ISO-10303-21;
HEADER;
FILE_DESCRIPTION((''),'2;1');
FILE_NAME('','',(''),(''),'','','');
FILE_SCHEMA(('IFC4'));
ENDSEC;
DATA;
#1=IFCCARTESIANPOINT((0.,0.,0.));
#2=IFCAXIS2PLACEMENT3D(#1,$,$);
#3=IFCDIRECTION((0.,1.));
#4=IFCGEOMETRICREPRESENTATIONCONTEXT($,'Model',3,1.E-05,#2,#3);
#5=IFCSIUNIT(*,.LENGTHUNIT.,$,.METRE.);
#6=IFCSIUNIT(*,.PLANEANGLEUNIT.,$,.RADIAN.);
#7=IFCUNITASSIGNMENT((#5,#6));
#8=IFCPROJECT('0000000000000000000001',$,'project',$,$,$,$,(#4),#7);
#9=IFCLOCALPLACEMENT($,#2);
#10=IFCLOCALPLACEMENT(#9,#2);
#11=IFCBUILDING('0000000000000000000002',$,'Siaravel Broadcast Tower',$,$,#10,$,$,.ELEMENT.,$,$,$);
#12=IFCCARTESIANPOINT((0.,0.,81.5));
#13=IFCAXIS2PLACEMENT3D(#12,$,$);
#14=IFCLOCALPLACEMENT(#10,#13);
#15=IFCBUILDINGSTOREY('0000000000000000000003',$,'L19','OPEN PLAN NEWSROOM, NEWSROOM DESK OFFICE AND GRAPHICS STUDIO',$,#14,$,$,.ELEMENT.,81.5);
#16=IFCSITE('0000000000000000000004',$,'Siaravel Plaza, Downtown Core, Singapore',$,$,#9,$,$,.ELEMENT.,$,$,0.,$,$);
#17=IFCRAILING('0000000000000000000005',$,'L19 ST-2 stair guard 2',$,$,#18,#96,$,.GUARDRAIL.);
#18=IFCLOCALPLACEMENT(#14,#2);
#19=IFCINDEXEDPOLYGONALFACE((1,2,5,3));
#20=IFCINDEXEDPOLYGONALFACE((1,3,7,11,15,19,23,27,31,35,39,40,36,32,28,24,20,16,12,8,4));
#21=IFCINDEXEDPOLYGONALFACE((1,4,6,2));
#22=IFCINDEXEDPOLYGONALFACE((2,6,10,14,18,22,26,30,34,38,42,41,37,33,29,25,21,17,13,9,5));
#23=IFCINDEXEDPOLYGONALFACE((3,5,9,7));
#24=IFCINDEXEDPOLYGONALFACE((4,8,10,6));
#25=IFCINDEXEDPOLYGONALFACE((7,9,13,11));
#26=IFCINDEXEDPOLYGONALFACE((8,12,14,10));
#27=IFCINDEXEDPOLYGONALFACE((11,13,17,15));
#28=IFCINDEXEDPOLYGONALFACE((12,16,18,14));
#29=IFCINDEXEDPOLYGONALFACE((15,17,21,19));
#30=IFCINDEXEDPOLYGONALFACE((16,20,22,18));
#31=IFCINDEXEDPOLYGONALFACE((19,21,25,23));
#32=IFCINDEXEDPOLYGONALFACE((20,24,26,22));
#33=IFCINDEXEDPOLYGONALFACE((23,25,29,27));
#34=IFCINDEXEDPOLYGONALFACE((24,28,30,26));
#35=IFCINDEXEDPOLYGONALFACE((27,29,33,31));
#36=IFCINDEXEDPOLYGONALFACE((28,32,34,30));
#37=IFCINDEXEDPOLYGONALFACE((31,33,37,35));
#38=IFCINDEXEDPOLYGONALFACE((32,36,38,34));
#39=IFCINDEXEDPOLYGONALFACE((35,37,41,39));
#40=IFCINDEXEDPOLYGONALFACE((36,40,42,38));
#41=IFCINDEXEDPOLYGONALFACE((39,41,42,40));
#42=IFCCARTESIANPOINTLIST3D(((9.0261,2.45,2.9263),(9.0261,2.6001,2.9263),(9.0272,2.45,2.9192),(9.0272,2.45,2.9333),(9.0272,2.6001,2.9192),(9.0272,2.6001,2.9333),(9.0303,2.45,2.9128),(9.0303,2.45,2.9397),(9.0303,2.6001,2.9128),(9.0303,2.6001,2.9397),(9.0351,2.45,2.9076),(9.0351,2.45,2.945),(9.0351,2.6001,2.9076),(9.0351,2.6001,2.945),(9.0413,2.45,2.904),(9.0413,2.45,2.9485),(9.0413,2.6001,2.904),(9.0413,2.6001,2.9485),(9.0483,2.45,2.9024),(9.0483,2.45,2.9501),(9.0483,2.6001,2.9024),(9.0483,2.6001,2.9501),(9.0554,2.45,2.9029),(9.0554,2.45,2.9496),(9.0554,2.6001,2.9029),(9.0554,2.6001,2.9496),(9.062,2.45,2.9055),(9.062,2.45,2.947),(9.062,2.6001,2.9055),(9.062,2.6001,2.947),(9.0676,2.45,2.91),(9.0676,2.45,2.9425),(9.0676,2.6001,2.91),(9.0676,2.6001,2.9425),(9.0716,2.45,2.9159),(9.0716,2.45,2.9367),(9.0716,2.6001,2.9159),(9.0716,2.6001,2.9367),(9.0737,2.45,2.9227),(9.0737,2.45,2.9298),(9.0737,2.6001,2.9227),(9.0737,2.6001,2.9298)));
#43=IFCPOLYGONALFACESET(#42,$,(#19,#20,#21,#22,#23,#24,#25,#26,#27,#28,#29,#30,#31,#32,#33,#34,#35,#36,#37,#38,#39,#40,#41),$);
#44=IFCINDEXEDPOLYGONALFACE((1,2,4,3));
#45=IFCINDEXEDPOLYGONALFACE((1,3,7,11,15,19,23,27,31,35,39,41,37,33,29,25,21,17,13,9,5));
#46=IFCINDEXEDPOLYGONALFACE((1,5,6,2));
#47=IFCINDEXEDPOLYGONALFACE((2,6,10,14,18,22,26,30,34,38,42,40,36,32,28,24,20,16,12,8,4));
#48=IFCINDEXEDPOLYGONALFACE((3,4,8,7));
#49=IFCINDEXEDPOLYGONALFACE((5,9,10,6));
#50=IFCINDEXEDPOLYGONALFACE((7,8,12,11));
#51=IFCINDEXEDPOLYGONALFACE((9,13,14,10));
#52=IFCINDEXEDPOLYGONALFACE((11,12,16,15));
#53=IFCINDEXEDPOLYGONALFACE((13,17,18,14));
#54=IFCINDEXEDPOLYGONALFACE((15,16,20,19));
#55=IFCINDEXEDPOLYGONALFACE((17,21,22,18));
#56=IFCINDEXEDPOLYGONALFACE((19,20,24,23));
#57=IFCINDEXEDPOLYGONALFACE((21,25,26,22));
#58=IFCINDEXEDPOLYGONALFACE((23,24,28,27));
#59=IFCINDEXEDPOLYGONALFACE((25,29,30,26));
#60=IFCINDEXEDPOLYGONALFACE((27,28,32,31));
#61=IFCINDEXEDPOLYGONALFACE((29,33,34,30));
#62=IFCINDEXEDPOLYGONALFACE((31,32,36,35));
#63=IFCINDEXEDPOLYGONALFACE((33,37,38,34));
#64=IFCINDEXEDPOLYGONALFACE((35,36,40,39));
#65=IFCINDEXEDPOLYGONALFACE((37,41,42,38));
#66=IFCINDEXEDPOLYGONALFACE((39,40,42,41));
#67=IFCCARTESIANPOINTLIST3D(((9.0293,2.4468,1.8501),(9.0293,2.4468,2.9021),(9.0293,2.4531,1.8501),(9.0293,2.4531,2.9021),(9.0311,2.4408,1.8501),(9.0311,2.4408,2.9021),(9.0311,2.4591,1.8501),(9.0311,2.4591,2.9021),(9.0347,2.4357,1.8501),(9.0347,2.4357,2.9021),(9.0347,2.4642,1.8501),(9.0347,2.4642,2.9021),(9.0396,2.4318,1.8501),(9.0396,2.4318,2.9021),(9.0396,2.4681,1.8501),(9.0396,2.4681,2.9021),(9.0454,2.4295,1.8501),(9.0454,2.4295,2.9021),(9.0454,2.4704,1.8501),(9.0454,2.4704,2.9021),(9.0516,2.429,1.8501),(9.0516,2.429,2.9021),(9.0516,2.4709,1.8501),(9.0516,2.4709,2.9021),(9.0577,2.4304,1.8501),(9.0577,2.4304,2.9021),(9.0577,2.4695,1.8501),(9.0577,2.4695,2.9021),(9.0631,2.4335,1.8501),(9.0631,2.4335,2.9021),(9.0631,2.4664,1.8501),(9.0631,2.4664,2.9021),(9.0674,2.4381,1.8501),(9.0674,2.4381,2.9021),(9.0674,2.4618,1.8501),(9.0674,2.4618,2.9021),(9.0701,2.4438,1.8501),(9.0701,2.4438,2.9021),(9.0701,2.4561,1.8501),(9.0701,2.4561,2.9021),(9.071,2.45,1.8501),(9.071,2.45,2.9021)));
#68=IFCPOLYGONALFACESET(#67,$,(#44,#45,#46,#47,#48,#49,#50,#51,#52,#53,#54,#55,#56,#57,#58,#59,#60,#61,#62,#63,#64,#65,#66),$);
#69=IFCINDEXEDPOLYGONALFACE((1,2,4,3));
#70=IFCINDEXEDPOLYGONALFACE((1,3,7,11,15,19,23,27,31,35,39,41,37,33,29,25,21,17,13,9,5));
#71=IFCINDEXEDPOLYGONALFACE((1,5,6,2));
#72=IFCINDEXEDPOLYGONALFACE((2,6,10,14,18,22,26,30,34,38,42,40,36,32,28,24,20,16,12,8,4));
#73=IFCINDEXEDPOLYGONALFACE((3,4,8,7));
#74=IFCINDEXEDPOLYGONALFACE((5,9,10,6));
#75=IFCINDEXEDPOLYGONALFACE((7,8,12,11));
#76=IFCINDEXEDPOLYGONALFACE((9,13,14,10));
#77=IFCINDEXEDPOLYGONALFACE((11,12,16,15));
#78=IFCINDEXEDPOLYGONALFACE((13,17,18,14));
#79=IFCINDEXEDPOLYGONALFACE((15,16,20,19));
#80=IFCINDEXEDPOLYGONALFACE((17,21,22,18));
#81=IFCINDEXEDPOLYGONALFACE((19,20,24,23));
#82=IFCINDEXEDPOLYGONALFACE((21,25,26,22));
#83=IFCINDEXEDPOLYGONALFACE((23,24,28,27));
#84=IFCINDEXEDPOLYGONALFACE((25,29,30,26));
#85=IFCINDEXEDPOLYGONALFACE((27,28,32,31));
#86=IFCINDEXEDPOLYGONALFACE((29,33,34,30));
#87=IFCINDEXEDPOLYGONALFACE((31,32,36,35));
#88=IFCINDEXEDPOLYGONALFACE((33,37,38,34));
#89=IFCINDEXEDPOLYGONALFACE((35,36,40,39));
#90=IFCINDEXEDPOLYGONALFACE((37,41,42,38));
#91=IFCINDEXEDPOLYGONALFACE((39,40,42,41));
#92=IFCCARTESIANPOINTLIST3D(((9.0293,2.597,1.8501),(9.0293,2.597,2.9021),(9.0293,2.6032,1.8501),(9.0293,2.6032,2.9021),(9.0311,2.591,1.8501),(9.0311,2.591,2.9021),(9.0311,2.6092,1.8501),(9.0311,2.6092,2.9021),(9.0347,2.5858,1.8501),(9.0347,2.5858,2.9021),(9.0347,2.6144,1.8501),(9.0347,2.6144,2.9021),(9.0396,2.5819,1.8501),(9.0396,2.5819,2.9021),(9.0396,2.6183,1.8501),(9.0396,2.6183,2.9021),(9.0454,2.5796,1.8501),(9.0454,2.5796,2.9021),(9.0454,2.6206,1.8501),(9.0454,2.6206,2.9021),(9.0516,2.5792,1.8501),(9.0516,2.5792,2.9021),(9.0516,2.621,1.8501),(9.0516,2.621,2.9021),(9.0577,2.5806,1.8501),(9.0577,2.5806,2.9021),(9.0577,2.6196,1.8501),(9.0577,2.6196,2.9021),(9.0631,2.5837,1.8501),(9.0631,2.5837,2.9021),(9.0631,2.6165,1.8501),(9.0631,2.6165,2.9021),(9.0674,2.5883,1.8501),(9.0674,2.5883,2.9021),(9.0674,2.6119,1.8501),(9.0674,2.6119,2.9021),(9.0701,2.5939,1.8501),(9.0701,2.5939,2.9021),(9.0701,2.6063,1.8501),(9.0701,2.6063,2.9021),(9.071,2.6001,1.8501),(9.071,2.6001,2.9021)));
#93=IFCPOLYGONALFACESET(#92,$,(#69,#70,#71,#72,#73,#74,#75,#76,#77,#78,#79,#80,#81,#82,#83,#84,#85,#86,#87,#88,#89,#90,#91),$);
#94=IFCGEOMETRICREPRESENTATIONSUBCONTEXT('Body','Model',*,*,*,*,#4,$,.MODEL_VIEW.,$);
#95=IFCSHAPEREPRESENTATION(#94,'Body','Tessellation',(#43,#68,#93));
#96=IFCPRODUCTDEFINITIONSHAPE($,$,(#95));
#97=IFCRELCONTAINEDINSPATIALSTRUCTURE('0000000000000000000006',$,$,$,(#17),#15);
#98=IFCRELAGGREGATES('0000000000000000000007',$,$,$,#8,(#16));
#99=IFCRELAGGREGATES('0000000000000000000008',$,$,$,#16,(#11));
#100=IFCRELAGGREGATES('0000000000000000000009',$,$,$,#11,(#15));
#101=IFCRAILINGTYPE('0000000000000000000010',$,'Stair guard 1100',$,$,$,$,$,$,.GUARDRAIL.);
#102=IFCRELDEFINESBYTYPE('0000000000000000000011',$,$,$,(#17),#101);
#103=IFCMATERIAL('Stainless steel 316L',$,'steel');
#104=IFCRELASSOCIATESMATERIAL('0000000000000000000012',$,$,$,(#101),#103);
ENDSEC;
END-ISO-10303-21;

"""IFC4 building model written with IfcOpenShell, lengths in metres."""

from ifc_helpers import new_model, si_unit, direction, frame, origin, origin_2d, place, context, subcontext, project, spatial, circle, extrude, material, type_object, element, save


model = new_model("IFC4")

# Units and contexts
model_context = context("Model", 3, precision=1e-05, world=origin(), true_north=direction((0.0, 1.0)))
body_context = subcontext(model_context, "Body", "Model", "MODEL_VIEW")
ifc_project = project(units=[si_unit("LENGTHUNIT", "METRE"), si_unit("PLANEANGLEUNIT", "RADIAN")], contexts=[model_context])

# Site, building, storey
site_placement = place(None, origin())
site = spatial("IfcSite", under=ifc_project, at=site_placement, Name="Siaravel Plaza, Downtown Core, Singapore", CompositionType="ELEMENT", RefElevation=0.0)
building_placement = place(site_placement, origin())
building = spatial("IfcBuilding", under=site, at=building_placement, Name="Siaravel Broadcast Tower", CompositionType="ELEMENT")
storey_placement = place(building_placement, frame((0.0, 0.0, 81.5)))
storey = spatial("IfcBuildingStorey", under=building, at=storey_placement, Name="L19", Description="OPEN PLAN NEWSROOM, NEWSROOM DESK OFFICE AND GRAPHICS STUDIO", CompositionType="ELEMENT", Elevation=81.5)

# Railing
ifc_material_1 = material(Name="Stainless steel 316L", Category="steel")
railing_type_1 = type_object("IfcRailingType", Name="Stair guard 1100", PredefinedType="GUARDRAIL", material=ifc_material_1)
railing_1_placement = place(storey_placement, frame((9.05, 2.45, 1.8501)))
element("IfcRailing", 1, at=railing_1_placement, inside=storey, type_object=railing_type_1, Name="L19 ST-2 stair guard 2", PredefinedType="GUARDRAIL", context=body_context, shape_type="SweptSolid", body=[
    extrude(circle(Radius=0.0239, at=origin_2d()), frame((0.0, 0.0, 1.0762), z_axis=(0.0, 1.0, 0.0), x_axis=(-1.0, 0.0, 0.0)), (0.0, 0.0, 1.0), 0.1501),
    extrude(circle(Radius=0.021, at=origin_2d()), origin(), (0.0, 0.0, 1.0), 1.052),
    extrude(circle(Radius=0.021, at=origin_2d()), frame((0.0, 0.1501, 0.0)), (0.0, 0.0, 1.0), 1.052),
])

save(model, "model.ifc")
